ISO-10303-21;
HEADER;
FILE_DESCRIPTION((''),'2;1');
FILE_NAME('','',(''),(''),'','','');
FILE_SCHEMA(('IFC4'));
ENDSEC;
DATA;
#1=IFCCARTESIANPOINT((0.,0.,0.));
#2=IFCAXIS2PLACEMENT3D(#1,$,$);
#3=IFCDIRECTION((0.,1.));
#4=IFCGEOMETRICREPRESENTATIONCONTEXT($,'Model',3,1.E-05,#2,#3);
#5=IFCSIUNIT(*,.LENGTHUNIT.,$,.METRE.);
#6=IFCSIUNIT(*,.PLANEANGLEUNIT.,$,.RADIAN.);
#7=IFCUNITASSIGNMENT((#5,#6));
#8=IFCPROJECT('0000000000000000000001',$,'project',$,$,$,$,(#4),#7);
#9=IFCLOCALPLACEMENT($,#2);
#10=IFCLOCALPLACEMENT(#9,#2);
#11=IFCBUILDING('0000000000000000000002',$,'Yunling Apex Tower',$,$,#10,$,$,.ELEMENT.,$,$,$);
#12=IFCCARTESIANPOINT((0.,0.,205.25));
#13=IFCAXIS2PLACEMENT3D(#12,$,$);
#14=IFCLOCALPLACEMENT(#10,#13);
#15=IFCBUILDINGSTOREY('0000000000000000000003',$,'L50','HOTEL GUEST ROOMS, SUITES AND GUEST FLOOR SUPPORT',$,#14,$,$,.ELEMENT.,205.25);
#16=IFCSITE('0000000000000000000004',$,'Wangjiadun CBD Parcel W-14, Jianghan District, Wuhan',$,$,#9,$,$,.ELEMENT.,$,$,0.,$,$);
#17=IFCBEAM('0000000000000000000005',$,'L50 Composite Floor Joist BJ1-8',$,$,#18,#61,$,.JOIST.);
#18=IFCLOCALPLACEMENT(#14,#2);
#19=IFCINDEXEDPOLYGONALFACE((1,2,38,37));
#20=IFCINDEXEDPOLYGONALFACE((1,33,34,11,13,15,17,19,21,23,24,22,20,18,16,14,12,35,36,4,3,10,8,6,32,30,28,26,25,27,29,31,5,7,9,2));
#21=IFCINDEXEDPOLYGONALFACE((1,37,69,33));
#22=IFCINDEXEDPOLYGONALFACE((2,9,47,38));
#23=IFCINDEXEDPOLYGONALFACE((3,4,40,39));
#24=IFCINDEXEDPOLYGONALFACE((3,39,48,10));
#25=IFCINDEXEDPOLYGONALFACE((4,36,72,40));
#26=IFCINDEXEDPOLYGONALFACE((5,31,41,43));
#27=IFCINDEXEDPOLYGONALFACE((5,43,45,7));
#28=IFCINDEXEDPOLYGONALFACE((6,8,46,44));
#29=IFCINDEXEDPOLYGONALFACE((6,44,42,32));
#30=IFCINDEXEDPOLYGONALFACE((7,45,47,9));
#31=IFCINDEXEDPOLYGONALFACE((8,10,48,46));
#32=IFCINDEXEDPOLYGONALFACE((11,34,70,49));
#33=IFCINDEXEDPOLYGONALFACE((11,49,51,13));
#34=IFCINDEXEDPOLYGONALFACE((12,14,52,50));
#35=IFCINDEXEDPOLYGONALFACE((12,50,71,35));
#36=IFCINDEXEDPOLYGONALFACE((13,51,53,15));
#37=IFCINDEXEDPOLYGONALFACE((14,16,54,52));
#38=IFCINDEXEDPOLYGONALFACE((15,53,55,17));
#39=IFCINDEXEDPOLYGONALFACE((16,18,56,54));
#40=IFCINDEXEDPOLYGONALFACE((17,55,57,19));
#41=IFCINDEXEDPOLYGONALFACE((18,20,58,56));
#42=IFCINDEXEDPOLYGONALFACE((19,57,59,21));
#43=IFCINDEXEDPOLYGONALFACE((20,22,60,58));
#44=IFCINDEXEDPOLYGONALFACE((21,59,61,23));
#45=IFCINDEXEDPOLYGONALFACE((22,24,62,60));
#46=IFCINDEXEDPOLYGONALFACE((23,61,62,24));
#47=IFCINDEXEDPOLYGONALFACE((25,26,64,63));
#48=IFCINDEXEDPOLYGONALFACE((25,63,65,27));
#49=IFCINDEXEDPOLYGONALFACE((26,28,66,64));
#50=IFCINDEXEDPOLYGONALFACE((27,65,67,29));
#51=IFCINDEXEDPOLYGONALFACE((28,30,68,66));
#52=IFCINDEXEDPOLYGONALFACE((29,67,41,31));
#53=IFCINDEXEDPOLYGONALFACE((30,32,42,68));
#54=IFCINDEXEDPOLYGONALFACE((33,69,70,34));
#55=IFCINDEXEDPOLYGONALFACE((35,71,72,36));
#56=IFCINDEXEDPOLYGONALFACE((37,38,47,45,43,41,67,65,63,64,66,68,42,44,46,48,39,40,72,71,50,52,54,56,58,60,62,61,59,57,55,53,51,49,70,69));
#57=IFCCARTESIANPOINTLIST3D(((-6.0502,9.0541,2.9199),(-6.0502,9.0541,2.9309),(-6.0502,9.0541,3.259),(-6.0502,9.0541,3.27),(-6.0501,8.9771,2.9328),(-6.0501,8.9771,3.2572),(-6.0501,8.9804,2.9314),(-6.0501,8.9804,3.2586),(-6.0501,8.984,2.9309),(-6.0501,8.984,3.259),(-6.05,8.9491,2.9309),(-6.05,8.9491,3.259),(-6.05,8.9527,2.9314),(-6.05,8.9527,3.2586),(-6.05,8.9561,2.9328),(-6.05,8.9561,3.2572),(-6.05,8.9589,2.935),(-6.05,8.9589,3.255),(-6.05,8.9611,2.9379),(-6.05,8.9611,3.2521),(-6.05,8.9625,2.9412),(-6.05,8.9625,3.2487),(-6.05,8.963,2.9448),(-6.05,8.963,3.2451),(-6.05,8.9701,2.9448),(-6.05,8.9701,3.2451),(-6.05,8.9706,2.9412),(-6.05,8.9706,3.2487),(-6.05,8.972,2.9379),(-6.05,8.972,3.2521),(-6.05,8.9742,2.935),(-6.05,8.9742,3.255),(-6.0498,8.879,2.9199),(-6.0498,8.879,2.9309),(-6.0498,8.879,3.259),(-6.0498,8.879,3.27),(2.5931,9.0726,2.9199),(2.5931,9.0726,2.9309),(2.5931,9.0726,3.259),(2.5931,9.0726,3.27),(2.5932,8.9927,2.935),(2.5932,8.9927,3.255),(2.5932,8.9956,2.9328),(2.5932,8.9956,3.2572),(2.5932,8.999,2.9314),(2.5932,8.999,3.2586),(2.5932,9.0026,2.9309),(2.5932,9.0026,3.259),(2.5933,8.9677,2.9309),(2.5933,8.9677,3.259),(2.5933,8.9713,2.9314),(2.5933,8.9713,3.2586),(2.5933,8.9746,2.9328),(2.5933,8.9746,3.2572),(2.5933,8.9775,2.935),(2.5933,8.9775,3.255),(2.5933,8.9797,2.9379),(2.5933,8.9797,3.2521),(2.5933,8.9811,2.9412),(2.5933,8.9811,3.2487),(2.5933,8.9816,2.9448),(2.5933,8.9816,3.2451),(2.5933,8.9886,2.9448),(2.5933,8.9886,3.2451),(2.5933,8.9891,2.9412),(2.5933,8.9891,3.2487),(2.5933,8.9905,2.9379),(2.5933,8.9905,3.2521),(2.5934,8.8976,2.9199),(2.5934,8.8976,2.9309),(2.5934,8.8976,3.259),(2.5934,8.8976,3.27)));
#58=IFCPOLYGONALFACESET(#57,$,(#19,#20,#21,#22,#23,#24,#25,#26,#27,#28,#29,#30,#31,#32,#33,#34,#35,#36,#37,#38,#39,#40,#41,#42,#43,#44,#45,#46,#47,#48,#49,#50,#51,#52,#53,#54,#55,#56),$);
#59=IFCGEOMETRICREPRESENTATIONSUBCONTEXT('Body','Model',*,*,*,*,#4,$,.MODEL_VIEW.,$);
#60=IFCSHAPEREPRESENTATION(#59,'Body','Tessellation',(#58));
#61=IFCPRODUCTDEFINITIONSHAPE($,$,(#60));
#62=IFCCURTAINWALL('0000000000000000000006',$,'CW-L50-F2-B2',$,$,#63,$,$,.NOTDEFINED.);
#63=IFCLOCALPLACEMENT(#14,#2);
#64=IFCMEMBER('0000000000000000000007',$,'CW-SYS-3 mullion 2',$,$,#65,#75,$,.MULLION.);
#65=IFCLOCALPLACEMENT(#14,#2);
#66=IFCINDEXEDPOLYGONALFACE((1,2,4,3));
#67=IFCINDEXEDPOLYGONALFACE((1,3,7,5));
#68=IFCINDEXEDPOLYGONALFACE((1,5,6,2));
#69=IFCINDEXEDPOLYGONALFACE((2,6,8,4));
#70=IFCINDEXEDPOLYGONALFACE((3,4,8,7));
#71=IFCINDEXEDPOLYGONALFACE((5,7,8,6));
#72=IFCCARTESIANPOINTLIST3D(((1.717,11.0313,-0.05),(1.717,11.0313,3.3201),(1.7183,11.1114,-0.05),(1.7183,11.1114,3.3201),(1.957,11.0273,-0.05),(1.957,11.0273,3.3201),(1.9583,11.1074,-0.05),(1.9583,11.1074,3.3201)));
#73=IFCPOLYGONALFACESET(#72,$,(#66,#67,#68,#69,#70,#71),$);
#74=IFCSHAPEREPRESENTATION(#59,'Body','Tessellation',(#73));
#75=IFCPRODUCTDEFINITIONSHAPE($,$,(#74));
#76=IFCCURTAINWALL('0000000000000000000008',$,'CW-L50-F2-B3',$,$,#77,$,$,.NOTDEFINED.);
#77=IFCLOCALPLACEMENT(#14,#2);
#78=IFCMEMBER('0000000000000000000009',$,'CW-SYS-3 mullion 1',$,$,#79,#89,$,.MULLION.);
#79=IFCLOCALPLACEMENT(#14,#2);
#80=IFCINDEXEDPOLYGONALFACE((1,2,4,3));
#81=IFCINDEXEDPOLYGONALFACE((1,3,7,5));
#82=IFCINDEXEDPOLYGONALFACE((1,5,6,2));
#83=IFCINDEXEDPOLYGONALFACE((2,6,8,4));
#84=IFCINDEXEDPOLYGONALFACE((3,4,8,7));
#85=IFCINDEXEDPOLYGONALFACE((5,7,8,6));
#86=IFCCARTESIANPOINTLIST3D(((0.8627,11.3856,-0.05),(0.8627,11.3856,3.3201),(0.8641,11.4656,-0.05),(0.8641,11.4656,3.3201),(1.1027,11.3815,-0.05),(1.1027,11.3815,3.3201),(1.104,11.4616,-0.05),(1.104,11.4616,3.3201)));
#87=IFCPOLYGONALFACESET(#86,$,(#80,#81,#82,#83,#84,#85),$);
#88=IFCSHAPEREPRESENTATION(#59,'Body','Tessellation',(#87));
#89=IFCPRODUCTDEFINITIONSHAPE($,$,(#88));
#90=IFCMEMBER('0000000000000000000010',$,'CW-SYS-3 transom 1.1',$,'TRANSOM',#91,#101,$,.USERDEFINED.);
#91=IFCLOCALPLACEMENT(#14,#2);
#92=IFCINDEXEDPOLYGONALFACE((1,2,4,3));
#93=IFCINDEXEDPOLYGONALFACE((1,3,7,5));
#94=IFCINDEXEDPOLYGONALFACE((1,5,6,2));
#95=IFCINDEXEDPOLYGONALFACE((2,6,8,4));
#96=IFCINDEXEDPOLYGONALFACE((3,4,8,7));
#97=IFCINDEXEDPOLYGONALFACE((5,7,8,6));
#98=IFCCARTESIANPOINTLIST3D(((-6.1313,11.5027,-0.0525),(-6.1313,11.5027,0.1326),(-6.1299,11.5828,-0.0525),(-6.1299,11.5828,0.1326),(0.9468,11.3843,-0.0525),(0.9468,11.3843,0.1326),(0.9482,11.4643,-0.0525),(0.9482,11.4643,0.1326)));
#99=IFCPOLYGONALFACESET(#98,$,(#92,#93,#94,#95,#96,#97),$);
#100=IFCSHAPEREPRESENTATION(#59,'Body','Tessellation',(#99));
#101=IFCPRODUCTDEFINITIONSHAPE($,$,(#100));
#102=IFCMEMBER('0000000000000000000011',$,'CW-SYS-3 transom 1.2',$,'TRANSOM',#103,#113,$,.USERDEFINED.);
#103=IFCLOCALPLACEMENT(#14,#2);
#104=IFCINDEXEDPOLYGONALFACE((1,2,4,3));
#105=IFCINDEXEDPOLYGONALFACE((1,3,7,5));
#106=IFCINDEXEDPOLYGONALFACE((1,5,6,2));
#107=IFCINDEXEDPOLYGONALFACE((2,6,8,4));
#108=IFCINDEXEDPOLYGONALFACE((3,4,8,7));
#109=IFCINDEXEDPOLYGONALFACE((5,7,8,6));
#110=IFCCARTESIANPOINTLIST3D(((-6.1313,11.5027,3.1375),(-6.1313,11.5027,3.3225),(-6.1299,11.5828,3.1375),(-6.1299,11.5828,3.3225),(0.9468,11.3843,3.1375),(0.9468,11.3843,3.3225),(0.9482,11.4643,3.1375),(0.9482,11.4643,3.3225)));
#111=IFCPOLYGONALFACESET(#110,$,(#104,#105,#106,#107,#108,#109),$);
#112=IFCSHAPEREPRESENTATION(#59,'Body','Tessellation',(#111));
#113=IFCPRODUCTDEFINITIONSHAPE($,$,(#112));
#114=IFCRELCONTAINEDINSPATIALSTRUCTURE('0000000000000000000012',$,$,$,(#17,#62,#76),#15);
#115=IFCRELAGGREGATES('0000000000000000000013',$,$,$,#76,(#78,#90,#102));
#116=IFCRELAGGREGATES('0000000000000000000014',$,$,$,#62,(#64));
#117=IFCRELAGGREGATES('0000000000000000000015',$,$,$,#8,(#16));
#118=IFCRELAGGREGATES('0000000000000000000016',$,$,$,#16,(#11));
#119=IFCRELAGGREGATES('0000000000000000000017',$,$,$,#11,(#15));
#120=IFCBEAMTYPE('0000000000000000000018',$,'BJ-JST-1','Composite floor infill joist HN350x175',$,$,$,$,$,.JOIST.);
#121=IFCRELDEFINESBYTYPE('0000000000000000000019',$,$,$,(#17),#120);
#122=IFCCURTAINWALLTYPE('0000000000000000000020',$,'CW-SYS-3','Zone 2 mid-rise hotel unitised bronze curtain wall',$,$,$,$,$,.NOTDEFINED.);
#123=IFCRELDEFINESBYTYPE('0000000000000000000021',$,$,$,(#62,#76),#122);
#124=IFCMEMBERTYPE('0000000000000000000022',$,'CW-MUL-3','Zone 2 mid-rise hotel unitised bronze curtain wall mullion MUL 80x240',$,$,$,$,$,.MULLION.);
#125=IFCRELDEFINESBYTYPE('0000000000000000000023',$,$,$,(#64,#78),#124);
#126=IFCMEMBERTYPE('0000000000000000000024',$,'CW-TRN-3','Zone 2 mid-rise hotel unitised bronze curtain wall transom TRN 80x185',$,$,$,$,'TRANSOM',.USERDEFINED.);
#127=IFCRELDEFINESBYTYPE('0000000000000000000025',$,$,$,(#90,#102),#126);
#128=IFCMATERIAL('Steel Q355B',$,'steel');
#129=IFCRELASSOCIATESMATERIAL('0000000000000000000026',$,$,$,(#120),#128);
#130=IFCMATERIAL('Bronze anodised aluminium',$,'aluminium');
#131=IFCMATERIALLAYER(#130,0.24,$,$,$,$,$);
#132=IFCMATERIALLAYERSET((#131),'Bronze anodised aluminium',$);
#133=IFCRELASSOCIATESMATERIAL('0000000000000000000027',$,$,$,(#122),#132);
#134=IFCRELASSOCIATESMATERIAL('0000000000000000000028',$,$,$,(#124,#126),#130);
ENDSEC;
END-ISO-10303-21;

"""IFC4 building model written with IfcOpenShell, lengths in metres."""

from ifc_helpers import new_model, si_unit, direction, frame, origin, origin_2d, place, context, subcontext, project, spatial, rectangle, i_section, extrude, source, transform, mapped, material, layer, layer_set, material_profile, profile_set, type_object, element, aggregate, save


model = new_model("IFC4")

# Units and contexts
model_context = context("Model", 3, precision=1e-05, world=origin(), true_north=direction((0.0, 1.0)))
body_context = subcontext(model_context, "Body", "Model", "MODEL_VIEW")
ifc_project = project(units=[si_unit("LENGTHUNIT", "METRE"), si_unit("PLANEANGLEUNIT", "RADIAN")], contexts=[model_context])

# Site, building, storey
site_placement = place(None, origin())
site = spatial("IfcSite", under=ifc_project, at=site_placement, Name="Wangjiadun CBD Parcel W-14, Jianghan District, Wuhan", CompositionType="ELEMENT", RefElevation=0.0)
building_placement = place(site_placement, origin())
building = spatial("IfcBuilding", under=site, at=building_placement, Name="Yunling Apex Tower", CompositionType="ELEMENT")
storey_placement = place(building_placement, frame((0.0, 0.0, 205.25)))
storey = spatial("IfcBuildingStorey", under=building, at=storey_placement, Name="L50", Description="HOTEL GUEST ROOMS, SUITES AND GUEST FLOOR SUPPORT", CompositionType="ELEMENT", Elevation=205.25)

# Beam
ifc_material_1 = material(Name="Steel Q355B", Category="steel")
ifc_material_profile_1 = material_profile(ifc_material_1, i_section(OverallWidth=0.175, OverallDepth=0.3501, WebThickness=0.0071, FlangeThickness=0.011, FilletRadius=0.0139, at=origin_2d()))
ifc_profile_set_1 = profile_set([ifc_material_profile_1], Name="Steel Q355B")
beam_type_1 = type_object("IfcBeamType", Name="BJ-JST-1", Description="Composite floor infill joist HN350x175", PredefinedType="JOIST", material=ifc_profile_set_1)
shared_shape_1 = source(origin(), body_context, "Body", "SweptSolid", [
    extrude(i_section(OverallWidth=0.175, OverallDepth=0.3501, WebThickness=0.0071, FlangeThickness=0.011, FilletRadius=0.0139, at=origin_2d()), origin(), (0.0, 0.0, 1.0), 8.6433),
])
beam_1_placement = place(storey_placement, frame((2.5933, 8.9851, 3.095), z_axis=(-0.999998, -0.002147, 0.0), x_axis=(0.002147, -0.999998, 0.0)))
element("IfcBeam", 1, at=beam_1_placement, inside=storey, type_object=beam_type_1, Name="L50 Composite Floor Joist BJ1-8", PredefinedType="JOIST", context=body_context, shape_type="MappedRepresentation", body=[
    mapped(shared_shape_1, transform((0.0, 0.0, 0.0), scale=1.0)),
])

# Curtain wall, member
ifc_material_2 = material(Name="Bronze anodised aluminium", Category="aluminium")
ifc_layer_1 = layer(ifc_material_2, 0.24)
ifc_layer_set_1 = layer_set([ifc_layer_1], Name="Bronze anodised aluminium")
curtain_wall_type = type_object("IfcCurtainWallType", Name="CW-SYS-3", Description="Zone 2 mid-rise hotel unitised bronze curtain wall", PredefinedType="NOTDEFINED", material=ifc_layer_set_1)
curtain_wall_1_placement = place(storey_placement, origin())
curtain_wall_1 = element("IfcCurtainWall", 2, at=curtain_wall_1_placement, inside=storey, type_object=curtain_wall_type, Name="CW-L50-F2-B2", PredefinedType="NOTDEFINED")
ifc_material_profile_2 = material_profile(ifc_material_2, rectangle(XDim=0.0801, YDim=0.24, at=origin_2d()))
ifc_profile_set_2 = profile_set([ifc_material_profile_2], Name="Bronze anodised aluminium")
member_type_1 = type_object("IfcMemberType", Name="CW-MUL-3", Description="Zone 2 mid-rise hotel unitised bronze curtain wall mullion MUL 80x240", PredefinedType="MULLION", material=ifc_profile_set_2)
shared_shape_2 = source(origin(), body_context, "Body", "SweptSolid", [
    extrude(rectangle(XDim=0.0801, YDim=0.24, at=origin_2d()), origin(), (0.0, 0.0, 1.0), 3.3701),
])
member_1_placement = place(storey_placement, frame((1.8376, 11.0693, -0.05), z_axis=(0.0, 0.0, 1.0), x_axis=(-0.016759, -0.99986, 0.0)))
member_1 = element("IfcMember", 3, at=member_1_placement, type_object=member_type_1, Name="CW-SYS-3 mullion 2", PredefinedType="MULLION", context=body_context, shape_type="MappedRepresentation", body=[
    mapped(shared_shape_2, transform((0.0, 0.0, 0.0), scale=1.0)),
])

# Curtain wall, members
curtain_wall_2_placement = place(storey_placement, origin())
curtain_wall_2 = element("IfcCurtainWall", 4, at=curtain_wall_2_placement, inside=storey, type_object=curtain_wall_type, Name="CW-L50-F2-B3", PredefinedType="NOTDEFINED")
member_2_placement = place(storey_placement, frame((0.9834, 11.4236, -0.05), z_axis=(0.0, 0.0, 1.0), x_axis=(-0.016747, -0.99986, 0.0)))
member_2 = element("IfcMember", 5, at=member_2_placement, type_object=member_type_1, Name="CW-SYS-3 mullion 1", PredefinedType="MULLION", context=body_context, shape_type="MappedRepresentation", body=[
    mapped(shared_shape_2, transform((0.0, 0.0, 0.0), scale=1.0)),
])
ifc_material_profile_3 = material_profile(ifc_material_2, rectangle(XDim=0.0801, YDim=0.1851, at=origin_2d()))
ifc_profile_set_3 = profile_set([ifc_material_profile_3], Name="Bronze anodised aluminium")
member_type_2 = type_object("IfcMemberType", Name="CW-TRN-3", Description="Zone 2 mid-rise hotel unitised bronze curtain wall transom TRN 80x185", ElementType="TRANSOM", PredefinedType="USERDEFINED", material=ifc_profile_set_3)
shared_shape_3 = source(origin(), body_context, "Body", "SweptSolid", [
    extrude(rectangle(XDim=0.0801, YDim=0.1851, at=origin_2d()), origin(), (0.0, 0.0, 1.0), 7.0791),
])
member_3_placement = place(storey_placement, frame((0.9475, 11.4243, 0.04), z_axis=(-0.99986, 0.016726, 0.0), x_axis=(-0.016726, -0.99986, 0.0)))
member_3 = element("IfcMember", 6, at=member_3_placement, type_object=member_type_2, Name="CW-SYS-3 transom 1.1", ObjectType="TRANSOM", PredefinedType="USERDEFINED", context=body_context, shape_type="MappedRepresentation", body=[
    mapped(shared_shape_3, transform((0.0, 0.0, 0.0), scale=1.0)),
])
member_4_placement = place(storey_placement, frame((0.9475, 11.4243, 3.23), z_axis=(-0.99986, 0.016726, 0.0), x_axis=(-0.016726, -0.99986, 0.0)))
member_4 = element("IfcMember", 7, at=member_4_placement, type_object=member_type_2, Name="CW-SYS-3 transom 1.2", ObjectType="TRANSOM", PredefinedType="USERDEFINED", context=body_context, shape_type="MappedRepresentation", body=[
    mapped(shared_shape_3, transform((0.0, 0.0, 0.0), scale=1.0)),
])
aggregate(curtain_wall_2, [member_2, member_3, member_4])

aggregate(curtain_wall_1, [member_1])

save(model, "model.ifc")
